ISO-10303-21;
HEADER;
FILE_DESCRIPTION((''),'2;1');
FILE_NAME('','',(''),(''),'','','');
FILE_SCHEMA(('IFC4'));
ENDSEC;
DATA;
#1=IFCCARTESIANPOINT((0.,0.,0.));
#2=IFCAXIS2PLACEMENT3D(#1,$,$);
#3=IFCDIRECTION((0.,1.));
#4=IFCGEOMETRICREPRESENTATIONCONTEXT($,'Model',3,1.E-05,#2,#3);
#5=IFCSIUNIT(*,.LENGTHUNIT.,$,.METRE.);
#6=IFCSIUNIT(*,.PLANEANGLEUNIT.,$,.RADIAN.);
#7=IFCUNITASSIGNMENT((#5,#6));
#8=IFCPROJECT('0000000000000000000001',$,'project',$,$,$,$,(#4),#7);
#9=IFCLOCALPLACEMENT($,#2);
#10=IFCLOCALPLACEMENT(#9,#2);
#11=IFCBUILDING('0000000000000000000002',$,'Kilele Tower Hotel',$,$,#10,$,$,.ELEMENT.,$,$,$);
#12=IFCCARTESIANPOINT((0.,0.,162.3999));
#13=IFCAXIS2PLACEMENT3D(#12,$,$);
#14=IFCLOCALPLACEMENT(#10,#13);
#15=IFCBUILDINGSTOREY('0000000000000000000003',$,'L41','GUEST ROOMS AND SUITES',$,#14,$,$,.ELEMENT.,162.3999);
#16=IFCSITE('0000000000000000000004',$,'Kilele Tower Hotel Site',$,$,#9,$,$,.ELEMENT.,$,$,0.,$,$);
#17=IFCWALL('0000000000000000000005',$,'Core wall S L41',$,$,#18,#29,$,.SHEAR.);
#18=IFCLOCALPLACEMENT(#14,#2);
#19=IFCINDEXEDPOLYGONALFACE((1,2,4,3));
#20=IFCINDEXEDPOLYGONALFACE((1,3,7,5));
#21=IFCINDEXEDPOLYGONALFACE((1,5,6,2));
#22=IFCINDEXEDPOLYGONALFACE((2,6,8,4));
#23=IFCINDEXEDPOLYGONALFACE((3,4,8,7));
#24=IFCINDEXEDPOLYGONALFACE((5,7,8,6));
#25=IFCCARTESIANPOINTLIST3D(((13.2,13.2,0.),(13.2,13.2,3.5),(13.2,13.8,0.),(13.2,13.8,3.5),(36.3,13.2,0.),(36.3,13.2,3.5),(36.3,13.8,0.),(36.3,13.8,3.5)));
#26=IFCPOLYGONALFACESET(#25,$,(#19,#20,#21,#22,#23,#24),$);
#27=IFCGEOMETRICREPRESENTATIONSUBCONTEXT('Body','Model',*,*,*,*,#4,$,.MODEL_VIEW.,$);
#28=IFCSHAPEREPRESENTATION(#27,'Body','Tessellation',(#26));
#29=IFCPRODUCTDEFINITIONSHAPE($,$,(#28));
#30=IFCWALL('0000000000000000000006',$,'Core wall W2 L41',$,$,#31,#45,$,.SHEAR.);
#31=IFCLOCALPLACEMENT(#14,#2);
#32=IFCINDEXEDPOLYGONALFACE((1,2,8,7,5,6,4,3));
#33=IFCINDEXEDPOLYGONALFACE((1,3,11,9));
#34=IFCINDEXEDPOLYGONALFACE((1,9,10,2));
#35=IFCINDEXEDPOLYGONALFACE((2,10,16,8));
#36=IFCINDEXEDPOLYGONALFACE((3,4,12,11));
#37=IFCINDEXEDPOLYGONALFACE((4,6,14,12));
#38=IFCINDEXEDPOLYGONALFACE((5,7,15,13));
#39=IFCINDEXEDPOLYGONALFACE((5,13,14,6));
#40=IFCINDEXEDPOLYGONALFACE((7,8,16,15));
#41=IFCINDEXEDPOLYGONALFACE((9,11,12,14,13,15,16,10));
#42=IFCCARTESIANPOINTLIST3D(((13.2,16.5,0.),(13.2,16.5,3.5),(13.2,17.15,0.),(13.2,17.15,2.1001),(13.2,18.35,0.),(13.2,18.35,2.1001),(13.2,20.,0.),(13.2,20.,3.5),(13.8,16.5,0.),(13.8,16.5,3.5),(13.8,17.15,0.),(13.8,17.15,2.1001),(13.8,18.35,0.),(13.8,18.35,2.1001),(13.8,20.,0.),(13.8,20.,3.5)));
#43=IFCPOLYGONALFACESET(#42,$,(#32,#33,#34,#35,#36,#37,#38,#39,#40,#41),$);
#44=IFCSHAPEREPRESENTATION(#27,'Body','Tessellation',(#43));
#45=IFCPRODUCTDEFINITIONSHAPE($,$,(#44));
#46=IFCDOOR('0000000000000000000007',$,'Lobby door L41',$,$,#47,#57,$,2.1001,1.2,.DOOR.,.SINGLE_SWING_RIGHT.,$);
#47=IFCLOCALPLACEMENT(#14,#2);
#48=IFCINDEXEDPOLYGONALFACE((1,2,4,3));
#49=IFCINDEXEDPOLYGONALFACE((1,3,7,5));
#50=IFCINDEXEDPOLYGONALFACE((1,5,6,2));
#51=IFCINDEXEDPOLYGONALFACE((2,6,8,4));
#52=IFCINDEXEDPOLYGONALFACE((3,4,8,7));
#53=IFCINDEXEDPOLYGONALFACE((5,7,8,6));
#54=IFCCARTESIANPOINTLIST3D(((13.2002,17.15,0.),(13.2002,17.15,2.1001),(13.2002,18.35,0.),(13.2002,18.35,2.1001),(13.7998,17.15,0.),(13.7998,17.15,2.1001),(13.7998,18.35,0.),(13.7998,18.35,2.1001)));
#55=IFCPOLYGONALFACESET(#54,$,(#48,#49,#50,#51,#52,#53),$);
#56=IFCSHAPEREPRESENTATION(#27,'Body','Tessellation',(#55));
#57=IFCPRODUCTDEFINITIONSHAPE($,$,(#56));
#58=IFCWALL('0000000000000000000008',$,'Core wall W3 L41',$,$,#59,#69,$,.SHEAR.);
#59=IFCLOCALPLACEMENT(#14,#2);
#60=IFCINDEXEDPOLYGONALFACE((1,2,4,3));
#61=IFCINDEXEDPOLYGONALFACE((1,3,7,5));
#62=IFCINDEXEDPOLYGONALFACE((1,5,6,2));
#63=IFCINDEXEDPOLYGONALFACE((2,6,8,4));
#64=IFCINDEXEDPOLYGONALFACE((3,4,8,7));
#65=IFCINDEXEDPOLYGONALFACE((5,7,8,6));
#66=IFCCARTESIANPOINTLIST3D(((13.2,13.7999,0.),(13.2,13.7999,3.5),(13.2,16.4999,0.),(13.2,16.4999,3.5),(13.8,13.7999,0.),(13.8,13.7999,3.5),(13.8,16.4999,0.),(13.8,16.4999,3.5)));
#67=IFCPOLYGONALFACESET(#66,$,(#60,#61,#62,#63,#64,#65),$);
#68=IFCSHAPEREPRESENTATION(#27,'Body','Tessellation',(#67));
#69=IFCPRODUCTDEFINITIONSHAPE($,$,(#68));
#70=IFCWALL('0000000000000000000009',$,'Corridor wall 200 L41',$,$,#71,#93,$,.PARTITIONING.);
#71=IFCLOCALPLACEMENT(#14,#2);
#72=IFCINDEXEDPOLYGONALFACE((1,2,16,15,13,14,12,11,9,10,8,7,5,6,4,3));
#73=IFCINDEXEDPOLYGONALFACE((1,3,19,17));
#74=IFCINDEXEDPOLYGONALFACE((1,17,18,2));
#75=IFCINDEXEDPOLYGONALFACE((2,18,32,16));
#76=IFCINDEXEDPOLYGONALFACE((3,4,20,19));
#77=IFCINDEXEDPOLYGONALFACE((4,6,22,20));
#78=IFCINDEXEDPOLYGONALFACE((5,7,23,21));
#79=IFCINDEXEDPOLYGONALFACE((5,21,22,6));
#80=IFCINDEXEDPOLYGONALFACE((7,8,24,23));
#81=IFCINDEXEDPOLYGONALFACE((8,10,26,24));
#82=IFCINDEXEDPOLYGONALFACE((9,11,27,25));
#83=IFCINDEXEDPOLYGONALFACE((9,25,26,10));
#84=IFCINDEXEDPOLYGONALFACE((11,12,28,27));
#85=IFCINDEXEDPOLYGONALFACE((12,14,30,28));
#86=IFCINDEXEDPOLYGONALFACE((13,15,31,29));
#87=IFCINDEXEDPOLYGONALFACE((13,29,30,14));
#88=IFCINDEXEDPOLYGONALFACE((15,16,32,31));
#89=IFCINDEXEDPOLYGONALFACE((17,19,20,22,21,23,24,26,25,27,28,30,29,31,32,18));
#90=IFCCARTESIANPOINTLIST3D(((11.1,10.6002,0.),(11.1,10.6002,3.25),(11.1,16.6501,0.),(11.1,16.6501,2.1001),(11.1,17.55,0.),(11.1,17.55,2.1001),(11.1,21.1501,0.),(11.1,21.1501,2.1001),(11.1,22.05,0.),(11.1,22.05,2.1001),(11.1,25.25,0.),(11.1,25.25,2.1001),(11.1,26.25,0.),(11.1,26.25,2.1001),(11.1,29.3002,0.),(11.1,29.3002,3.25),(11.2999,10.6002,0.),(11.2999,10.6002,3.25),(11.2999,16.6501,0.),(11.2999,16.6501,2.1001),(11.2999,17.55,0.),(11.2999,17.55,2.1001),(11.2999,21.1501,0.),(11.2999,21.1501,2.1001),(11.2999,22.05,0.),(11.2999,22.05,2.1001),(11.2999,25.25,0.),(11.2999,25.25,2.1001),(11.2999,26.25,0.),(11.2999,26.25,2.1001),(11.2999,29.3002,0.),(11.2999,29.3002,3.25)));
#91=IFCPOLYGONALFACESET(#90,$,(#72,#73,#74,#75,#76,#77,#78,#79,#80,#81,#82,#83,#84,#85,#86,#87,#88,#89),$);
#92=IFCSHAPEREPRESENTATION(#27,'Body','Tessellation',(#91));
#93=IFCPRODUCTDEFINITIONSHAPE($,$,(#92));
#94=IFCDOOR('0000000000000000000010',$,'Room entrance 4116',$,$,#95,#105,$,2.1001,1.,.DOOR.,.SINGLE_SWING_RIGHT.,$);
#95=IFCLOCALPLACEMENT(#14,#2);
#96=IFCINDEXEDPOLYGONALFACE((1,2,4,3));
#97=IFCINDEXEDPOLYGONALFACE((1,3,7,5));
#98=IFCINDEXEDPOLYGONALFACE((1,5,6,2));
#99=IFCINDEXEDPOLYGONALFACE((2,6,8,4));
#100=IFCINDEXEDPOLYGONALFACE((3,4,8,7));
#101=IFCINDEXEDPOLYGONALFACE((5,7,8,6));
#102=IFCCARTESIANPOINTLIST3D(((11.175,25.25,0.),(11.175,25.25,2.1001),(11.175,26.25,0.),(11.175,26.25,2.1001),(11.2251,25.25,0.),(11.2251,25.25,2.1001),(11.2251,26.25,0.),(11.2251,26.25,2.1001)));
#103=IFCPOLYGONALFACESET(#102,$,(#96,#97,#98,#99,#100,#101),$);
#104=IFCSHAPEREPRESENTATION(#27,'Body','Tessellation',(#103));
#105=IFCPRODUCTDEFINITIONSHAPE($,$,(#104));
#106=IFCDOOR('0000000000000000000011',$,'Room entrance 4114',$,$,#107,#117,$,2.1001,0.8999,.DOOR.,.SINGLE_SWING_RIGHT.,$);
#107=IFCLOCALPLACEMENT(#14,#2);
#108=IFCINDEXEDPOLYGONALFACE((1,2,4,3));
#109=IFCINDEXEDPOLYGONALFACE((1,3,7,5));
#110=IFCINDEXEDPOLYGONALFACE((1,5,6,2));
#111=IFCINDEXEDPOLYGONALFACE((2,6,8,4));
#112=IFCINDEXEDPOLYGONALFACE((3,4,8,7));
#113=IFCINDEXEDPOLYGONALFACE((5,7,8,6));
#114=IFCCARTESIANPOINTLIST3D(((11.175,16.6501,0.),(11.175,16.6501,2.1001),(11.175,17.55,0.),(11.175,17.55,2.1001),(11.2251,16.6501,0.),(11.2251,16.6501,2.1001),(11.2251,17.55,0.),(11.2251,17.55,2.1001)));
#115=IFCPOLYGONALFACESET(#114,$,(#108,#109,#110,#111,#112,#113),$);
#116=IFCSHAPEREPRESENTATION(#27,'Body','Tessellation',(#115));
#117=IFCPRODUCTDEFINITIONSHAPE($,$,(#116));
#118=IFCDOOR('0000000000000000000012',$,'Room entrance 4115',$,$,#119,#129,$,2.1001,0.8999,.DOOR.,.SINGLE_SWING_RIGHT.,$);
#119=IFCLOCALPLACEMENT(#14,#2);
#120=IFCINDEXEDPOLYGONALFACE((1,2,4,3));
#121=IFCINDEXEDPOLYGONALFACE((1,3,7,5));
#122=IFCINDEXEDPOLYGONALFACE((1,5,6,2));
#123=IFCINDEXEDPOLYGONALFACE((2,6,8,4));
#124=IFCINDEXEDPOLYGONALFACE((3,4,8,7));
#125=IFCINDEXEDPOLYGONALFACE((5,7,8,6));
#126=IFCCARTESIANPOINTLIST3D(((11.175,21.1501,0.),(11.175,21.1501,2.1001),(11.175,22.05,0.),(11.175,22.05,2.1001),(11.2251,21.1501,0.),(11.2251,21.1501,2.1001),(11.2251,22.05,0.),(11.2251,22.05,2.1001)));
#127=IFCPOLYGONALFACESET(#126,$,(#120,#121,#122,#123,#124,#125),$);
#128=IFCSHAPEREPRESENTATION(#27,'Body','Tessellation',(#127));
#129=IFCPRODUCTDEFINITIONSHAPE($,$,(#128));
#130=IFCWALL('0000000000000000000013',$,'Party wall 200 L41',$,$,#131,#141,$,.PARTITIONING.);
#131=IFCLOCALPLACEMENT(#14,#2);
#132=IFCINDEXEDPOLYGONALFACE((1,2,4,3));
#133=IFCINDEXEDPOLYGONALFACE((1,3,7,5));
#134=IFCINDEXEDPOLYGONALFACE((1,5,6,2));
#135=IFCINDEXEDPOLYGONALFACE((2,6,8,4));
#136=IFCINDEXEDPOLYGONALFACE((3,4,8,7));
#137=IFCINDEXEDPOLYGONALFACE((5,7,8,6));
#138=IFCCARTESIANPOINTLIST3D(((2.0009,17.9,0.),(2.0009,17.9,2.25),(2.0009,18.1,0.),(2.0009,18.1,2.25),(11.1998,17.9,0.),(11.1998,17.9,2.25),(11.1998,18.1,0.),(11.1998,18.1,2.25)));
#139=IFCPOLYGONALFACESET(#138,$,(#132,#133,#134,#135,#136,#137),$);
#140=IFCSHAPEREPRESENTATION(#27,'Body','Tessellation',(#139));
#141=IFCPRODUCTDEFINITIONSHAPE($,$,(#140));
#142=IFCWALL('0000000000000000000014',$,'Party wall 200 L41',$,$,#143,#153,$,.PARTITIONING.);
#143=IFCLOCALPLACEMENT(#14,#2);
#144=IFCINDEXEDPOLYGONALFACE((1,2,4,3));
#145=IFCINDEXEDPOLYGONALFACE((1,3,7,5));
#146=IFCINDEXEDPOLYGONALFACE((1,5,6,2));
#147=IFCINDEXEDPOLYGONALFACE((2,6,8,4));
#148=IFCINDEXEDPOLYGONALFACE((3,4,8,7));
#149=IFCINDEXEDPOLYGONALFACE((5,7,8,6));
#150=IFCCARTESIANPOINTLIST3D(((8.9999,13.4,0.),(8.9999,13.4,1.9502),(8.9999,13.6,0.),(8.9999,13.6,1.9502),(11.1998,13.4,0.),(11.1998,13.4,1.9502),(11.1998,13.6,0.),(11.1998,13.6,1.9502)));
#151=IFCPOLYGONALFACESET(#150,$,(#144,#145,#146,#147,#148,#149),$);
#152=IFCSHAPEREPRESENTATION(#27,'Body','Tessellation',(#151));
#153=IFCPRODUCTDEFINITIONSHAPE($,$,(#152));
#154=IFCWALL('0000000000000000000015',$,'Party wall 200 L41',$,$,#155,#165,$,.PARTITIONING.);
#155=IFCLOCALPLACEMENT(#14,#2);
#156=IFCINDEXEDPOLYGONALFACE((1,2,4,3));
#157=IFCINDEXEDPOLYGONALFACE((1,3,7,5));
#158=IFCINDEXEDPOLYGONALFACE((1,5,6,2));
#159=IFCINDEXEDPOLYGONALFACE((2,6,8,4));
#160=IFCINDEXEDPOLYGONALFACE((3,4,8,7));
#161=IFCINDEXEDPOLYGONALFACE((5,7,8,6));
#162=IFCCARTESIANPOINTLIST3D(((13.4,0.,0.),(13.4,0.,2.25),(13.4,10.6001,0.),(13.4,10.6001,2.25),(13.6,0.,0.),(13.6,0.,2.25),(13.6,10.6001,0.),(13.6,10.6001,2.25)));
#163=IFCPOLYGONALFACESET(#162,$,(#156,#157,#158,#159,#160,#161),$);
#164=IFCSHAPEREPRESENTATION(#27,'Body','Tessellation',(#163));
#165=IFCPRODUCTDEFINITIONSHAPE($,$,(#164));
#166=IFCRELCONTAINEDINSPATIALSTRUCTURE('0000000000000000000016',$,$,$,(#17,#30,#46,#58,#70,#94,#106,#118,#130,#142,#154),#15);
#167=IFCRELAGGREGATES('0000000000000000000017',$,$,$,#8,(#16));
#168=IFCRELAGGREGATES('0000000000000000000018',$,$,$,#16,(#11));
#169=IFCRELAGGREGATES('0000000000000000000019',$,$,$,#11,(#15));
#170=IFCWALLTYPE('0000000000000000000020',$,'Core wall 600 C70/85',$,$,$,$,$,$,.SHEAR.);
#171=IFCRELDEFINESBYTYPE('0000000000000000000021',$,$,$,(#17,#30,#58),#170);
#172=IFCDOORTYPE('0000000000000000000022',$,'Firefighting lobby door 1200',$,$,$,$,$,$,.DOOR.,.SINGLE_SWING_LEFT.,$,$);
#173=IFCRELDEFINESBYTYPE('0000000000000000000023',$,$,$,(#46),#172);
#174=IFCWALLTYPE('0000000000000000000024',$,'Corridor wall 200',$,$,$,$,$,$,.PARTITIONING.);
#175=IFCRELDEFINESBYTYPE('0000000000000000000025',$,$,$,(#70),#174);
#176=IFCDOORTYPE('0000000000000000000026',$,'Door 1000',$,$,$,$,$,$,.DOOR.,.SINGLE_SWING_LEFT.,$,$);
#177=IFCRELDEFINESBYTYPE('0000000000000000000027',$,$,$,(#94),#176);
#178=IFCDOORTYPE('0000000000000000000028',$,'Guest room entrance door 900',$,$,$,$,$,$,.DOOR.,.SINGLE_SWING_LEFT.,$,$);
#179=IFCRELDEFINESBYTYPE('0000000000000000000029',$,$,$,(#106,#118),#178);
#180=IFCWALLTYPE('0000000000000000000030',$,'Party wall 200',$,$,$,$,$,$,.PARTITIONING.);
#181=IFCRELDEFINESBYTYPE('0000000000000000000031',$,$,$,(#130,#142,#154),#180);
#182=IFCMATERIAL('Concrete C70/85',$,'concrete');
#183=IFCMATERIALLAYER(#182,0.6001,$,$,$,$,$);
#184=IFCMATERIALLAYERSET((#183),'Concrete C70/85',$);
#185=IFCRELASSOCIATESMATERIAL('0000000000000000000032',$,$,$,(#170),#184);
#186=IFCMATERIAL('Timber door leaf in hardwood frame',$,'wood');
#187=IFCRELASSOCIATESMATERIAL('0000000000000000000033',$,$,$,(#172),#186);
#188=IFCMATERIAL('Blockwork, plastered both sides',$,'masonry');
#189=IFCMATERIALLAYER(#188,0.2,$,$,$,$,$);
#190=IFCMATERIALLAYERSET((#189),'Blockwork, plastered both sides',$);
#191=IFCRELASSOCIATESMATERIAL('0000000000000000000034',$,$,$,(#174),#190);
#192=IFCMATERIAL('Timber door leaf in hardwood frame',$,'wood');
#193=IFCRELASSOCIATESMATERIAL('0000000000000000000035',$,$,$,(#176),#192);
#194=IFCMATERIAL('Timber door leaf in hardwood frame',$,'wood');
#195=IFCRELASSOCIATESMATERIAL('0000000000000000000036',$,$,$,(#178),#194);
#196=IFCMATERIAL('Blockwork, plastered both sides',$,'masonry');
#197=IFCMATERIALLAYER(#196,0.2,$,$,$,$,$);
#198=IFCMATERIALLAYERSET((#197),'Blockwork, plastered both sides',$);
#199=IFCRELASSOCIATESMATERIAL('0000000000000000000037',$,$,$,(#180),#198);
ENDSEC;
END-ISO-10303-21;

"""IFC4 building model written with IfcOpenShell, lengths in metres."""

from ifc_helpers import new_model, si_unit, direction, frame, frame_2d, origin, place, context, subcontext, project, spatial, rectangle, extrude, material, layer, layer_set, type_object, element, fill, save


model = new_model("IFC4")

# Units and contexts
model_context = context("Model", 3, precision=1e-05, world=origin(), true_north=direction((0.0, 1.0)))
body_context = subcontext(model_context, "Body", "Model", "MODEL_VIEW")
ifc_project = project(units=[si_unit("LENGTHUNIT", "METRE"), si_unit("PLANEANGLEUNIT", "RADIAN")], contexts=[model_context])

# Site, building, storey
site_placement = place(None, origin())
site = spatial("IfcSite", under=ifc_project, at=site_placement, Name="Kilele Tower Hotel Site", CompositionType="ELEMENT", RefElevation=0.0)
building_placement = place(site_placement, origin())
building = spatial("IfcBuilding", under=site, at=building_placement, Name="Kilele Tower Hotel", CompositionType="ELEMENT")
storey_placement = place(building_placement, frame((0.0, 0.0, 162.3999)))
storey = spatial("IfcBuildingStorey", under=building, at=storey_placement, Name="L41", Description="GUEST ROOMS AND SUITES", CompositionType="ELEMENT", Elevation=162.3999)

# Wall
ifc_material_1 = material(Name="Concrete C70/85", Category="concrete")
ifc_layer_1 = layer(ifc_material_1, 0.6001)
ifc_layer_set_1 = layer_set([ifc_layer_1], Name="Concrete C70/85")
wall_type_1 = type_object("IfcWallType", Name="Core wall 600 C70/85", PredefinedType="SHEAR", material=ifc_layer_set_1)
wall_1_placement = place(storey_placement, frame((13.2, 13.5, 0.0), z_axis=(0.0, 0.0, 1.0), x_axis=(1.0, 0.0, 0.0)))
element("IfcWall", 1, at=wall_1_placement, inside=storey, type_object=wall_type_1, Name="Core wall S L41", PredefinedType="SHEAR", context=body_context, shape_type="SweptSolid", body=[
    extrude(rectangle(XDim=23.1001, YDim=0.6001, at=frame_2d((11.55, 0.0))), origin(), (0.0, 0.0, 1.0), 3.5),
])

# Wall, opening, door
wall_2_placement = place(storey_placement, frame((13.5, 20.0, 0.0), z_axis=(0.0, 0.0, 1.0), x_axis=(0.0, -1.0, 0.0)))
wall_2 = element("IfcWall", 2, at=wall_2_placement, inside=storey, type_object=wall_type_1, Name="Core wall W2 L41", PredefinedType="SHEAR", context=body_context, shape_type="SweptSolid", body=[
    extrude(rectangle(XDim=3.5, YDim=0.6001, at=frame_2d((1.75, 0.0))), origin(), (0.0, 0.0, 1.0), 3.5),
])
opening_1_placement = place(wall_2_placement, frame((1.6499, 0.0, 0.0)))
opening_1 = element("IfcOpeningElement", 3, at=opening_1_placement, cuts=wall_2, PredefinedType="OPENING", context=body_context, shape_type="SweptSolid", body=[
    extrude(rectangle(XDim=1.2, YDim=2.1001, at=frame_2d((0.6001, 1.05))), frame((0.0, 0.3101, 0.0), z_axis=(0.0, -1.0, 0.0), x_axis=(1.0, 0.0, 0.0)), (0.0, 0.0, 1.0), 0.6201),
])
ifc_material_2 = material(Name="Timber door leaf in hardwood frame", Category="wood")
door_type_1 = type_object("IfcDoorType", Name="Firefighting lobby door 1200", OperationType="SINGLE_SWING_LEFT", PredefinedType="DOOR", material=ifc_material_2)
door_1_placement = place(opening_1_placement, origin())
door_1 = element("IfcDoor", 4, at=door_1_placement, inside=storey, type_object=door_type_1, Name="Lobby door L41", OperationType="SINGLE_SWING_RIGHT", OverallHeight=2.1001, OverallWidth=1.2, PredefinedType="DOOR", context=body_context, shape_type="SweptSolid", body=[
    extrude(rectangle(XDim=1.2, YDim=2.1001, at=frame_2d((0.6001, 1.05))), frame((0.0, 0.2998, 0.0), z_axis=(0.0, -1.0, 0.0), x_axis=(1.0, 0.0, 0.0)), (0.0, 0.0, 1.0), 0.5996),
])
fill(opening_1, door_1)

# Wall
wall_3_placement = place(storey_placement, frame((13.5, 16.5, 0.0), z_axis=(0.0, 0.0, 1.0), x_axis=(0.0, -1.0, 0.0)))
element("IfcWall", 5, at=wall_3_placement, inside=storey, type_object=wall_type_1, Name="Core wall W3 L41", PredefinedType="SHEAR", context=body_context, shape_type="SweptSolid", body=[
    extrude(rectangle(XDim=2.7, YDim=0.6001, at=frame_2d((1.3501, 0.0))), origin(), (0.0, 0.0, 1.0), 3.5),
])

# Wall, openings, doors
ifc_material_3 = material(Name="Blockwork, plastered both sides", Category="masonry")
ifc_layer_2 = layer(ifc_material_3, 0.2)
ifc_layer_set_2 = layer_set([ifc_layer_2], Name="Blockwork, plastered both sides")
wall_type_2 = type_object("IfcWallType", Name="Corridor wall 200", PredefinedType="PARTITIONING", material=ifc_layer_set_2)
wall_4_placement = place(storey_placement, frame((11.2, 10.6001, 0.0), z_axis=(0.0, 0.0, 1.0), x_axis=(0.0, 1.0, 0.0)))
wall_4 = element("IfcWall", 6, at=wall_4_placement, inside=storey, type_object=wall_type_2, Name="Corridor wall 200 L41", PredefinedType="PARTITIONING", context=body_context, shape_type="SweptSolid", body=[
    extrude(rectangle(XDim=18.7, YDim=0.2, at=frame_2d((9.3501, 0.0))), origin(), (0.0, 0.0, 1.0), 3.25),
])
opening_2_placement = place(wall_4_placement, frame((6.05, 0.0, 0.0)))
opening_2 = element("IfcOpeningElement", 7, at=opening_2_placement, cuts=wall_4, PredefinedType="OPENING", context=body_context, shape_type="SweptSolid", body=[
    extrude(rectangle(XDim=0.8999, YDim=2.1001, at=frame_2d((0.45, 1.05))), frame((0.0, 0.1099, 0.0), z_axis=(0.0, -1.0, 0.0), x_axis=(1.0, 0.0, 0.0)), (0.0, 0.0, 1.0), 0.22),
])
opening_3_placement = place(wall_4_placement, frame((10.55, 0.0, 0.0)))
opening_3 = element("IfcOpeningElement", 8, at=opening_3_placement, cuts=wall_4, PredefinedType="OPENING", context=body_context, shape_type="SweptSolid", body=[
    extrude(rectangle(XDim=0.8999, YDim=2.1001, at=frame_2d((0.45, 1.05))), frame((0.0, 0.1099, 0.0), z_axis=(0.0, -1.0, 0.0), x_axis=(1.0, 0.0, 0.0)), (0.0, 0.0, 1.0), 0.22),
])
opening_4_placement = place(wall_4_placement, frame((14.6499, 0.0, 0.0)))
opening_4 = element("IfcOpeningElement", 9, at=opening_4_placement, cuts=wall_4, PredefinedType="OPENING", context=body_context, shape_type="SweptSolid", body=[
    extrude(rectangle(XDim=1.0, YDim=2.1001, at=frame_2d((0.5, 1.05))), frame((0.0, 0.1099, 0.0), z_axis=(0.0, -1.0, 0.0), x_axis=(1.0, 0.0, 0.0)), (0.0, 0.0, 1.0), 0.22),
])
ifc_material_4 = material(Name="Timber door leaf in hardwood frame", Category="wood")
door_type_2 = type_object("IfcDoorType", Name="Door 1000", OperationType="SINGLE_SWING_LEFT", PredefinedType="DOOR", material=ifc_material_4)
door_2_placement = place(opening_4_placement, origin())
door_2 = element("IfcDoor", 10, at=door_2_placement, inside=storey, type_object=door_type_2, Name="Room entrance 4116", OperationType="SINGLE_SWING_RIGHT", OverallHeight=2.1001, OverallWidth=1.0, PredefinedType="DOOR", context=body_context, shape_type="SweptSolid", body=[
    extrude(rectangle(XDim=1.0, YDim=2.1001, at=frame_2d((0.5, 1.05))), frame((0.0, 0.0249, 0.0), z_axis=(0.0, -1.0, 0.0), x_axis=(1.0, 0.0, 0.0)), (0.0, 0.0, 1.0), 0.05),
])
fill(opening_4, door_2)
ifc_material_5 = material(Name="Timber door leaf in hardwood frame", Category="wood")
door_type_3 = type_object("IfcDoorType", Name="Guest room entrance door 900", OperationType="SINGLE_SWING_LEFT", PredefinedType="DOOR", material=ifc_material_5)
door_3_placement = place(opening_2_placement, origin())
door_3 = element("IfcDoor", 11, at=door_3_placement, inside=storey, type_object=door_type_3, Name="Room entrance 4114", OperationType="SINGLE_SWING_RIGHT", OverallHeight=2.1001, OverallWidth=0.8999, PredefinedType="DOOR", context=body_context, shape_type="SweptSolid", body=[
    extrude(rectangle(XDim=0.8999, YDim=2.1001, at=frame_2d((0.45, 1.05))), frame((0.0, 0.0249, 0.0), z_axis=(0.0, -1.0, 0.0), x_axis=(1.0, 0.0, 0.0)), (0.0, 0.0, 1.0), 0.05),
])
fill(opening_2, door_3)
door_4_placement = place(opening_3_placement, origin())
door_4 = element("IfcDoor", 12, at=door_4_placement, inside=storey, type_object=door_type_3, Name="Room entrance 4115", OperationType="SINGLE_SWING_RIGHT", OverallHeight=2.1001, OverallWidth=0.8999, PredefinedType="DOOR", context=body_context, shape_type="SweptSolid", body=[
    extrude(rectangle(XDim=0.8999, YDim=2.1001, at=frame_2d((0.45, 1.05))), frame((0.0, 0.0249, 0.0), z_axis=(0.0, -1.0, 0.0), x_axis=(1.0, 0.0, 0.0)), (0.0, 0.0, 1.0), 0.05),
])
fill(opening_3, door_4)

# Walls
ifc_material_6 = material(Name="Blockwork, plastered both sides", Category="masonry")
ifc_layer_3 = layer(ifc_material_6, 0.2)
ifc_layer_set_3 = layer_set([ifc_layer_3], Name="Blockwork, plastered both sides")
wall_type_3 = type_object("IfcWallType", Name="Party wall 200", PredefinedType="PARTITIONING", material=ifc_layer_set_3)
wall_5_placement = place(storey_placement, frame((11.2, 18.0, 0.0), z_axis=(0.0, 0.0, 1.0), x_axis=(-1.0, 0.0, 0.0)))
element("IfcWall", 13, at=wall_5_placement, inside=storey, type_object=wall_type_3, Name="Party wall 200 L41", PredefinedType="PARTITIONING", context=body_context, shape_type="SweptSolid", body=[
    extrude(rectangle(XDim=9.199, YDim=0.2, at=frame_2d((4.5996, 0.0))), origin(), (0.0, 0.0, 1.0), 2.25),
])
wall_6_placement = place(storey_placement, frame((11.2, 13.5, 0.0), z_axis=(0.0, 0.0, 1.0), x_axis=(-1.0, 0.0, 0.0)))
element("IfcWall", 14, at=wall_6_placement, inside=storey, type_object=wall_type_3, Name="Party wall 200 L41", PredefinedType="PARTITIONING", context=body_context, shape_type="SweptSolid", body=[
    extrude(rectangle(XDim=2.2, YDim=0.2, at=frame_2d((1.1001, 0.0))), origin(), (0.0, 0.0, 1.0), 1.9502),
])
wall_7_placement = place(storey_placement, frame((13.5, 10.6001, 0.0), z_axis=(0.0, 0.0, 1.0), x_axis=(0.0, -1.0, 0.0)))
element("IfcWall", 15, at=wall_7_placement, inside=storey, type_object=wall_type_3, Name="Party wall 200 L41", PredefinedType="PARTITIONING", context=body_context, shape_type="SweptSolid", body=[
    extrude(rectangle(XDim=10.6001, YDim=0.2, at=frame_2d((5.3, 0.0))), origin(), (0.0, 0.0, 1.0), 2.25),
])

save(model, "model.ifc")
